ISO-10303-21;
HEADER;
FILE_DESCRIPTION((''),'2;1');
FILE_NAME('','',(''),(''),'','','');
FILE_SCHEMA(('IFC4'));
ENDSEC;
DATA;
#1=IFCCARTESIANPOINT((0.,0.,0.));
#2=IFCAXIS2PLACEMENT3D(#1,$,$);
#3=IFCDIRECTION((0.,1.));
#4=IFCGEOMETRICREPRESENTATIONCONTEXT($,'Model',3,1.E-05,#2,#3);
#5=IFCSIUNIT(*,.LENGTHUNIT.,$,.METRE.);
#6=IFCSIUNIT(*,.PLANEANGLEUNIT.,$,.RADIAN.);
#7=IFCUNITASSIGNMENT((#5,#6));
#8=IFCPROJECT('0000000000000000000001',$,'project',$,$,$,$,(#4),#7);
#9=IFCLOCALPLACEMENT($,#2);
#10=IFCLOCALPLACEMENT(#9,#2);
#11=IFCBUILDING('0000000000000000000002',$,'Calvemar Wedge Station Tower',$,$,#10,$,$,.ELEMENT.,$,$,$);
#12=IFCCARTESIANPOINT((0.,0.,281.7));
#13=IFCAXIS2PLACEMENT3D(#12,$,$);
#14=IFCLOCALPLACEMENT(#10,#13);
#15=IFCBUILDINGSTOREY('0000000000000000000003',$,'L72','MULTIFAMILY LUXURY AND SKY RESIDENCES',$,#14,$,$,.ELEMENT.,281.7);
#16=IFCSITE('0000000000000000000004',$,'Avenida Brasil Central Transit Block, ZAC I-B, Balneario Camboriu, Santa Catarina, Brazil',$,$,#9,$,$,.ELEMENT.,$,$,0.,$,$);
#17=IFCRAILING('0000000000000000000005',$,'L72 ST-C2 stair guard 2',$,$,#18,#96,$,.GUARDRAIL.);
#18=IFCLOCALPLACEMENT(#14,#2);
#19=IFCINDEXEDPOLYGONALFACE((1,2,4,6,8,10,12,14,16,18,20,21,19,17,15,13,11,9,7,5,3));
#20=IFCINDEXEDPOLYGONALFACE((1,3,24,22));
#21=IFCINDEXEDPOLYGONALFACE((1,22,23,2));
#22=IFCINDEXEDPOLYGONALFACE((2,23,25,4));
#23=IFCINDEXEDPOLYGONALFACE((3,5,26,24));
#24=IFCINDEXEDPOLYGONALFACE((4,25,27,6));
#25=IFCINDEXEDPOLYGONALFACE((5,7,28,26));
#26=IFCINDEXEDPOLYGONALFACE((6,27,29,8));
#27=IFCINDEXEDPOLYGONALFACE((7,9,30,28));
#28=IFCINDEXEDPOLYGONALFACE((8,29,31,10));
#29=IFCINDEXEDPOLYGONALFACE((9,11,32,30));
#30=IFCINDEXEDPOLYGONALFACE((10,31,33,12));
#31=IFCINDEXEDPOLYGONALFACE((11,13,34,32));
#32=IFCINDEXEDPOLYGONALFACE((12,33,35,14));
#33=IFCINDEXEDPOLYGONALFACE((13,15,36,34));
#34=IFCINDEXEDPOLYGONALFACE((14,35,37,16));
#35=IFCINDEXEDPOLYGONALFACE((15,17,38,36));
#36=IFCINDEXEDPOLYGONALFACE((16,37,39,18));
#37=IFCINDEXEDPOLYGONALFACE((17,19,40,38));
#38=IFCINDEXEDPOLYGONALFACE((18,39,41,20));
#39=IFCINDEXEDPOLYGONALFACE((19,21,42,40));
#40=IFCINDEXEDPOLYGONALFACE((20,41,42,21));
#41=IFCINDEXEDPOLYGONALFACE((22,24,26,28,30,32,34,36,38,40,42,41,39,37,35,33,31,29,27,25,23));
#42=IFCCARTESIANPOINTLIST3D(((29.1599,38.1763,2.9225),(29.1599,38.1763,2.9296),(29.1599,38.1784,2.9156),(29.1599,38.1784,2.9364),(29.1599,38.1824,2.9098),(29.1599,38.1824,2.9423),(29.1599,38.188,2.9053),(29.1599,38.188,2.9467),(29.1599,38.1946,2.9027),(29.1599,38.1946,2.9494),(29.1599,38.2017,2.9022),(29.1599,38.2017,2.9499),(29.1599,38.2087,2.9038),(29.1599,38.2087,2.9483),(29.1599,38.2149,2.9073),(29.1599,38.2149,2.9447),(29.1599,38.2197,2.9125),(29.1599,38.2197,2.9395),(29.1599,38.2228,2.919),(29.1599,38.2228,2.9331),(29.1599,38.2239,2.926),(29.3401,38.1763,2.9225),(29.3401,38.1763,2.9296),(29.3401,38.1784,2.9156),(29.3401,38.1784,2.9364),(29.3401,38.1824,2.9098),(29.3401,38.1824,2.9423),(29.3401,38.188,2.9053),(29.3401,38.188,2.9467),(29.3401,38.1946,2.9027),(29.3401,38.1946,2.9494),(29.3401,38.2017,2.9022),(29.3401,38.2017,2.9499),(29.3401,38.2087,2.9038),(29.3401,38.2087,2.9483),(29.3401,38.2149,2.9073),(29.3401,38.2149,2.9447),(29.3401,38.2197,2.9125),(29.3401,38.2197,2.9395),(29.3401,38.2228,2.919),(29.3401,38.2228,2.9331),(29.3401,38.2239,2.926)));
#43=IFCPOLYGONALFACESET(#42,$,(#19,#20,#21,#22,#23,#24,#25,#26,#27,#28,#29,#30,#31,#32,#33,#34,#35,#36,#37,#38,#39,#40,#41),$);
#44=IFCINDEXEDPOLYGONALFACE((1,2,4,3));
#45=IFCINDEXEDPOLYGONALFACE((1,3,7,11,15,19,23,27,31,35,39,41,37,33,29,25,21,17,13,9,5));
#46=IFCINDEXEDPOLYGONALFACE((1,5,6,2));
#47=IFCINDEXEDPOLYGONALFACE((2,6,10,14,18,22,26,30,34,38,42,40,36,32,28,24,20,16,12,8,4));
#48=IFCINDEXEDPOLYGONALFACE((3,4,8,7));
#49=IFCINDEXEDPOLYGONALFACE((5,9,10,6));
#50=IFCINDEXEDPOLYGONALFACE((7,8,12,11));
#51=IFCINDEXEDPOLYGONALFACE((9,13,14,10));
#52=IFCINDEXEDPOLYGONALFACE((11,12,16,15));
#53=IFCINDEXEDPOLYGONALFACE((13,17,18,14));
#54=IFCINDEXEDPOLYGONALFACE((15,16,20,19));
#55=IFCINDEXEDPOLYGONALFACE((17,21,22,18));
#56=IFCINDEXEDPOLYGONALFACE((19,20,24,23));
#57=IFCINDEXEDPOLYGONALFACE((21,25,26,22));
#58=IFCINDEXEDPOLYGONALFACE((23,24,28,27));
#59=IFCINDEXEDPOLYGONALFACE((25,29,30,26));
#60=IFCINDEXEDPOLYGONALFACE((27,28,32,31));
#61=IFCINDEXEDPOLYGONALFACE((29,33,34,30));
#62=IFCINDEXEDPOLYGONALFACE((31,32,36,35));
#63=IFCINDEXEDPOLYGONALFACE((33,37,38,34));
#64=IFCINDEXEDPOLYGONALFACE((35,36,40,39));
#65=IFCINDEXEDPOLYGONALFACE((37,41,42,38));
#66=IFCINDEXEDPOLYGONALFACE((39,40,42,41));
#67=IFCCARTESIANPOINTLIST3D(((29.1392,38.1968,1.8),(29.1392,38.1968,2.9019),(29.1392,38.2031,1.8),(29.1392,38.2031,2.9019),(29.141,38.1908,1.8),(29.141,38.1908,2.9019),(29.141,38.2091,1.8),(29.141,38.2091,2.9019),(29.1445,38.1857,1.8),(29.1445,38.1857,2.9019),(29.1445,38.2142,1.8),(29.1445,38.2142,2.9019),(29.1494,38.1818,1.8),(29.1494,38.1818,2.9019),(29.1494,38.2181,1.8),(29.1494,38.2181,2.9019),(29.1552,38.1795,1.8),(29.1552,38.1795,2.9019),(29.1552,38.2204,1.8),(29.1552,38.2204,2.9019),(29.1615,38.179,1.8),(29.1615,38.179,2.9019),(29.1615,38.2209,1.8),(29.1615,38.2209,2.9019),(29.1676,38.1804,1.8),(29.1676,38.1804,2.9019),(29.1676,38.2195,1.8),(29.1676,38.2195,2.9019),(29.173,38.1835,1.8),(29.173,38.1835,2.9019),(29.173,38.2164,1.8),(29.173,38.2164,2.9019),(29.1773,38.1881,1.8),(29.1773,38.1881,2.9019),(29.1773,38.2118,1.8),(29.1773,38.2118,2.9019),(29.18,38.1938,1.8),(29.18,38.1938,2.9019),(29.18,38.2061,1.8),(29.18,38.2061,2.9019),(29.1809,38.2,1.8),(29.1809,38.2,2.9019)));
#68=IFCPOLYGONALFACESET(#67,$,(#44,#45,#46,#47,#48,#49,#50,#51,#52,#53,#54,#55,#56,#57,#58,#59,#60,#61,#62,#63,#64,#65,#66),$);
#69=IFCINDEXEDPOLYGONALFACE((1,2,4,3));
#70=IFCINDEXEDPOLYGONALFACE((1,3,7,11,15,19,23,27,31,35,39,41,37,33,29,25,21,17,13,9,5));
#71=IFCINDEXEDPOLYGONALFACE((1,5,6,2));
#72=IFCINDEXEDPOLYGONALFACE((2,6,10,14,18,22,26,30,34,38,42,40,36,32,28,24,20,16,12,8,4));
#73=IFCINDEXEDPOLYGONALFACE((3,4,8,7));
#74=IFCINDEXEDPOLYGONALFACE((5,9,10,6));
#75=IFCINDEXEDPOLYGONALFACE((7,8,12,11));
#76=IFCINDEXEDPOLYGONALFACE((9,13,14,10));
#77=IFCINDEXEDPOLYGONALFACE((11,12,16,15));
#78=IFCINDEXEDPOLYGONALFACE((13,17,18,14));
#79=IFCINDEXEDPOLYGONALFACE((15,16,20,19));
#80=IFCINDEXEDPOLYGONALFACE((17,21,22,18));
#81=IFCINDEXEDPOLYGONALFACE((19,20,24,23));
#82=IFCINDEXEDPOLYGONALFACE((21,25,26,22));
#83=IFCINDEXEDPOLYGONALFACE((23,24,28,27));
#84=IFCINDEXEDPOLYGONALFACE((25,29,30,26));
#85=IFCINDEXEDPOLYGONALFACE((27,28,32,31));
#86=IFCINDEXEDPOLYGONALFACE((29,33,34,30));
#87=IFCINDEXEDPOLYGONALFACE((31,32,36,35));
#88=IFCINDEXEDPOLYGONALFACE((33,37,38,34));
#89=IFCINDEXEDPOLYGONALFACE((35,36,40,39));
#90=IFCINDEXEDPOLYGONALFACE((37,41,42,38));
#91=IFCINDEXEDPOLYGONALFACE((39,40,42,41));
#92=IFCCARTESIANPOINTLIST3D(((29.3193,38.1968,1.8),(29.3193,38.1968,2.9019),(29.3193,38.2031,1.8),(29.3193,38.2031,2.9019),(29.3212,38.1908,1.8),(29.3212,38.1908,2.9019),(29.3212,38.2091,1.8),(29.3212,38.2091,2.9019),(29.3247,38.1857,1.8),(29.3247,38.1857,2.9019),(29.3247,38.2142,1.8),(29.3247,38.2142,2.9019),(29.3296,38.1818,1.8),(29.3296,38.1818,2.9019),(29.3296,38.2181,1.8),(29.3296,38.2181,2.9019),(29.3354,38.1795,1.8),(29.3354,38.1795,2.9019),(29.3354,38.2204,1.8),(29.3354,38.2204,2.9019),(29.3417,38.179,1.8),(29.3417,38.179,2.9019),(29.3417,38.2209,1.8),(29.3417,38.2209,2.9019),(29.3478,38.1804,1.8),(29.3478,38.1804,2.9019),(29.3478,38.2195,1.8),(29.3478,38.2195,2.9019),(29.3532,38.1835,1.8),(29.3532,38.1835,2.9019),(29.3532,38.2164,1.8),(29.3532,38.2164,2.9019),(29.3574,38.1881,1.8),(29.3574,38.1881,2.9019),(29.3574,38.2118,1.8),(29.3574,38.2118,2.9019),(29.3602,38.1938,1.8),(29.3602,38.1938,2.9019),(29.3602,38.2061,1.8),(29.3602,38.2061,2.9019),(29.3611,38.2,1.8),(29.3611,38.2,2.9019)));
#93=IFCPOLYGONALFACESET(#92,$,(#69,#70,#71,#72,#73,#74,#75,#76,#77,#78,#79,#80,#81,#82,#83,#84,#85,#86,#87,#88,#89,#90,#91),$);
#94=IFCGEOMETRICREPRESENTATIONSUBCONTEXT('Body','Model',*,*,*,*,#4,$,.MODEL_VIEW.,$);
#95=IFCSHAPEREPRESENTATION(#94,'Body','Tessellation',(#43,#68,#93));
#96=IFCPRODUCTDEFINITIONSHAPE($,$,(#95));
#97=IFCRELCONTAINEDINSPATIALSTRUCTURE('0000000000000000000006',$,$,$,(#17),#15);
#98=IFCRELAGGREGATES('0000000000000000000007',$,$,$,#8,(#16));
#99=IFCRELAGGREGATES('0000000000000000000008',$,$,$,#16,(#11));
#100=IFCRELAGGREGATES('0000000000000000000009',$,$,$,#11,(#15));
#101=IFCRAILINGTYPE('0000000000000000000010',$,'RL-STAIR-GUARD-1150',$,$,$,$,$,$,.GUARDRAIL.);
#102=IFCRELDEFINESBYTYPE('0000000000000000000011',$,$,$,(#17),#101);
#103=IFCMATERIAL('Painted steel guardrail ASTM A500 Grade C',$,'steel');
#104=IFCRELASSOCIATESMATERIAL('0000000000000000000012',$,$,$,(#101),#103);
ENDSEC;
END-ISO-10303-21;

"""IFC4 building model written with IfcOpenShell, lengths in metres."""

from ifc_helpers import new_model, si_unit, direction, frame, origin, origin_2d, place, context, subcontext, project, spatial, circle, extrude, material, type_object, element, save


model = new_model("IFC4")

# Units and contexts
model_context = context("Model", 3, precision=1e-05, world=origin(), true_north=direction((0.0, 1.0)))
body_context = subcontext(model_context, "Body", "Model", "MODEL_VIEW")
ifc_project = project(units=[si_unit("LENGTHUNIT", "METRE"), si_unit("PLANEANGLEUNIT", "RADIAN")], contexts=[model_context])

# Site, building, storey
site_placement = place(None, origin())
site = spatial("IfcSite", under=ifc_project, at=site_placement, Name="Avenida Brasil Central Transit Block, ZAC I-B, Balneario Camboriu, Santa Catarina, Brazil", CompositionType="ELEMENT", RefElevation=0.0)
building_placement = place(site_placement, origin())
building = spatial("IfcBuilding", under=site, at=building_placement, Name="Calvemar Wedge Station Tower", CompositionType="ELEMENT")
storey_placement = place(building_placement, frame((0.0, 0.0, 281.7)))
storey = spatial("IfcBuildingStorey", under=building, at=storey_placement, Name="L72", Description="MULTIFAMILY LUXURY AND SKY RESIDENCES", CompositionType="ELEMENT", Elevation=281.7)

# Railing
ifc_material_1 = material(Name="Painted steel guardrail ASTM A500 Grade C", Category="steel")
railing_type_1 = type_object("IfcRailingType", Name="RL-STAIR-GUARD-1150", PredefinedType="GUARDRAIL", material=ifc_material_1)
railing_1_placement = place(storey_placement, frame((29.1599, 38.2, 1.8)))
element("IfcRailing", 1, at=railing_1_placement, inside=storey, type_object=railing_type_1, Name="L72 ST-C2 stair guard 2", PredefinedType="GUARDRAIL", context=body_context, shape_type="SweptSolid", body=[
    extrude(circle(Radius=0.0239, at=origin_2d()), frame((0.0, 0.0, 1.126), z_axis=(1.0, 0.0, 0.0), x_axis=(0.0, 1.0, 0.0)), (0.0, 0.0, 1.0), 0.1802),
    extrude(circle(Radius=0.021, at=origin_2d()), origin(), (0.0, 0.0, 1.0), 1.1018),
    extrude(circle(Radius=0.021, at=origin_2d()), frame((0.1802, 0.0, 0.0)), (0.0, 0.0, 1.0), 1.1018),
])

save(model, "model.ifc")
